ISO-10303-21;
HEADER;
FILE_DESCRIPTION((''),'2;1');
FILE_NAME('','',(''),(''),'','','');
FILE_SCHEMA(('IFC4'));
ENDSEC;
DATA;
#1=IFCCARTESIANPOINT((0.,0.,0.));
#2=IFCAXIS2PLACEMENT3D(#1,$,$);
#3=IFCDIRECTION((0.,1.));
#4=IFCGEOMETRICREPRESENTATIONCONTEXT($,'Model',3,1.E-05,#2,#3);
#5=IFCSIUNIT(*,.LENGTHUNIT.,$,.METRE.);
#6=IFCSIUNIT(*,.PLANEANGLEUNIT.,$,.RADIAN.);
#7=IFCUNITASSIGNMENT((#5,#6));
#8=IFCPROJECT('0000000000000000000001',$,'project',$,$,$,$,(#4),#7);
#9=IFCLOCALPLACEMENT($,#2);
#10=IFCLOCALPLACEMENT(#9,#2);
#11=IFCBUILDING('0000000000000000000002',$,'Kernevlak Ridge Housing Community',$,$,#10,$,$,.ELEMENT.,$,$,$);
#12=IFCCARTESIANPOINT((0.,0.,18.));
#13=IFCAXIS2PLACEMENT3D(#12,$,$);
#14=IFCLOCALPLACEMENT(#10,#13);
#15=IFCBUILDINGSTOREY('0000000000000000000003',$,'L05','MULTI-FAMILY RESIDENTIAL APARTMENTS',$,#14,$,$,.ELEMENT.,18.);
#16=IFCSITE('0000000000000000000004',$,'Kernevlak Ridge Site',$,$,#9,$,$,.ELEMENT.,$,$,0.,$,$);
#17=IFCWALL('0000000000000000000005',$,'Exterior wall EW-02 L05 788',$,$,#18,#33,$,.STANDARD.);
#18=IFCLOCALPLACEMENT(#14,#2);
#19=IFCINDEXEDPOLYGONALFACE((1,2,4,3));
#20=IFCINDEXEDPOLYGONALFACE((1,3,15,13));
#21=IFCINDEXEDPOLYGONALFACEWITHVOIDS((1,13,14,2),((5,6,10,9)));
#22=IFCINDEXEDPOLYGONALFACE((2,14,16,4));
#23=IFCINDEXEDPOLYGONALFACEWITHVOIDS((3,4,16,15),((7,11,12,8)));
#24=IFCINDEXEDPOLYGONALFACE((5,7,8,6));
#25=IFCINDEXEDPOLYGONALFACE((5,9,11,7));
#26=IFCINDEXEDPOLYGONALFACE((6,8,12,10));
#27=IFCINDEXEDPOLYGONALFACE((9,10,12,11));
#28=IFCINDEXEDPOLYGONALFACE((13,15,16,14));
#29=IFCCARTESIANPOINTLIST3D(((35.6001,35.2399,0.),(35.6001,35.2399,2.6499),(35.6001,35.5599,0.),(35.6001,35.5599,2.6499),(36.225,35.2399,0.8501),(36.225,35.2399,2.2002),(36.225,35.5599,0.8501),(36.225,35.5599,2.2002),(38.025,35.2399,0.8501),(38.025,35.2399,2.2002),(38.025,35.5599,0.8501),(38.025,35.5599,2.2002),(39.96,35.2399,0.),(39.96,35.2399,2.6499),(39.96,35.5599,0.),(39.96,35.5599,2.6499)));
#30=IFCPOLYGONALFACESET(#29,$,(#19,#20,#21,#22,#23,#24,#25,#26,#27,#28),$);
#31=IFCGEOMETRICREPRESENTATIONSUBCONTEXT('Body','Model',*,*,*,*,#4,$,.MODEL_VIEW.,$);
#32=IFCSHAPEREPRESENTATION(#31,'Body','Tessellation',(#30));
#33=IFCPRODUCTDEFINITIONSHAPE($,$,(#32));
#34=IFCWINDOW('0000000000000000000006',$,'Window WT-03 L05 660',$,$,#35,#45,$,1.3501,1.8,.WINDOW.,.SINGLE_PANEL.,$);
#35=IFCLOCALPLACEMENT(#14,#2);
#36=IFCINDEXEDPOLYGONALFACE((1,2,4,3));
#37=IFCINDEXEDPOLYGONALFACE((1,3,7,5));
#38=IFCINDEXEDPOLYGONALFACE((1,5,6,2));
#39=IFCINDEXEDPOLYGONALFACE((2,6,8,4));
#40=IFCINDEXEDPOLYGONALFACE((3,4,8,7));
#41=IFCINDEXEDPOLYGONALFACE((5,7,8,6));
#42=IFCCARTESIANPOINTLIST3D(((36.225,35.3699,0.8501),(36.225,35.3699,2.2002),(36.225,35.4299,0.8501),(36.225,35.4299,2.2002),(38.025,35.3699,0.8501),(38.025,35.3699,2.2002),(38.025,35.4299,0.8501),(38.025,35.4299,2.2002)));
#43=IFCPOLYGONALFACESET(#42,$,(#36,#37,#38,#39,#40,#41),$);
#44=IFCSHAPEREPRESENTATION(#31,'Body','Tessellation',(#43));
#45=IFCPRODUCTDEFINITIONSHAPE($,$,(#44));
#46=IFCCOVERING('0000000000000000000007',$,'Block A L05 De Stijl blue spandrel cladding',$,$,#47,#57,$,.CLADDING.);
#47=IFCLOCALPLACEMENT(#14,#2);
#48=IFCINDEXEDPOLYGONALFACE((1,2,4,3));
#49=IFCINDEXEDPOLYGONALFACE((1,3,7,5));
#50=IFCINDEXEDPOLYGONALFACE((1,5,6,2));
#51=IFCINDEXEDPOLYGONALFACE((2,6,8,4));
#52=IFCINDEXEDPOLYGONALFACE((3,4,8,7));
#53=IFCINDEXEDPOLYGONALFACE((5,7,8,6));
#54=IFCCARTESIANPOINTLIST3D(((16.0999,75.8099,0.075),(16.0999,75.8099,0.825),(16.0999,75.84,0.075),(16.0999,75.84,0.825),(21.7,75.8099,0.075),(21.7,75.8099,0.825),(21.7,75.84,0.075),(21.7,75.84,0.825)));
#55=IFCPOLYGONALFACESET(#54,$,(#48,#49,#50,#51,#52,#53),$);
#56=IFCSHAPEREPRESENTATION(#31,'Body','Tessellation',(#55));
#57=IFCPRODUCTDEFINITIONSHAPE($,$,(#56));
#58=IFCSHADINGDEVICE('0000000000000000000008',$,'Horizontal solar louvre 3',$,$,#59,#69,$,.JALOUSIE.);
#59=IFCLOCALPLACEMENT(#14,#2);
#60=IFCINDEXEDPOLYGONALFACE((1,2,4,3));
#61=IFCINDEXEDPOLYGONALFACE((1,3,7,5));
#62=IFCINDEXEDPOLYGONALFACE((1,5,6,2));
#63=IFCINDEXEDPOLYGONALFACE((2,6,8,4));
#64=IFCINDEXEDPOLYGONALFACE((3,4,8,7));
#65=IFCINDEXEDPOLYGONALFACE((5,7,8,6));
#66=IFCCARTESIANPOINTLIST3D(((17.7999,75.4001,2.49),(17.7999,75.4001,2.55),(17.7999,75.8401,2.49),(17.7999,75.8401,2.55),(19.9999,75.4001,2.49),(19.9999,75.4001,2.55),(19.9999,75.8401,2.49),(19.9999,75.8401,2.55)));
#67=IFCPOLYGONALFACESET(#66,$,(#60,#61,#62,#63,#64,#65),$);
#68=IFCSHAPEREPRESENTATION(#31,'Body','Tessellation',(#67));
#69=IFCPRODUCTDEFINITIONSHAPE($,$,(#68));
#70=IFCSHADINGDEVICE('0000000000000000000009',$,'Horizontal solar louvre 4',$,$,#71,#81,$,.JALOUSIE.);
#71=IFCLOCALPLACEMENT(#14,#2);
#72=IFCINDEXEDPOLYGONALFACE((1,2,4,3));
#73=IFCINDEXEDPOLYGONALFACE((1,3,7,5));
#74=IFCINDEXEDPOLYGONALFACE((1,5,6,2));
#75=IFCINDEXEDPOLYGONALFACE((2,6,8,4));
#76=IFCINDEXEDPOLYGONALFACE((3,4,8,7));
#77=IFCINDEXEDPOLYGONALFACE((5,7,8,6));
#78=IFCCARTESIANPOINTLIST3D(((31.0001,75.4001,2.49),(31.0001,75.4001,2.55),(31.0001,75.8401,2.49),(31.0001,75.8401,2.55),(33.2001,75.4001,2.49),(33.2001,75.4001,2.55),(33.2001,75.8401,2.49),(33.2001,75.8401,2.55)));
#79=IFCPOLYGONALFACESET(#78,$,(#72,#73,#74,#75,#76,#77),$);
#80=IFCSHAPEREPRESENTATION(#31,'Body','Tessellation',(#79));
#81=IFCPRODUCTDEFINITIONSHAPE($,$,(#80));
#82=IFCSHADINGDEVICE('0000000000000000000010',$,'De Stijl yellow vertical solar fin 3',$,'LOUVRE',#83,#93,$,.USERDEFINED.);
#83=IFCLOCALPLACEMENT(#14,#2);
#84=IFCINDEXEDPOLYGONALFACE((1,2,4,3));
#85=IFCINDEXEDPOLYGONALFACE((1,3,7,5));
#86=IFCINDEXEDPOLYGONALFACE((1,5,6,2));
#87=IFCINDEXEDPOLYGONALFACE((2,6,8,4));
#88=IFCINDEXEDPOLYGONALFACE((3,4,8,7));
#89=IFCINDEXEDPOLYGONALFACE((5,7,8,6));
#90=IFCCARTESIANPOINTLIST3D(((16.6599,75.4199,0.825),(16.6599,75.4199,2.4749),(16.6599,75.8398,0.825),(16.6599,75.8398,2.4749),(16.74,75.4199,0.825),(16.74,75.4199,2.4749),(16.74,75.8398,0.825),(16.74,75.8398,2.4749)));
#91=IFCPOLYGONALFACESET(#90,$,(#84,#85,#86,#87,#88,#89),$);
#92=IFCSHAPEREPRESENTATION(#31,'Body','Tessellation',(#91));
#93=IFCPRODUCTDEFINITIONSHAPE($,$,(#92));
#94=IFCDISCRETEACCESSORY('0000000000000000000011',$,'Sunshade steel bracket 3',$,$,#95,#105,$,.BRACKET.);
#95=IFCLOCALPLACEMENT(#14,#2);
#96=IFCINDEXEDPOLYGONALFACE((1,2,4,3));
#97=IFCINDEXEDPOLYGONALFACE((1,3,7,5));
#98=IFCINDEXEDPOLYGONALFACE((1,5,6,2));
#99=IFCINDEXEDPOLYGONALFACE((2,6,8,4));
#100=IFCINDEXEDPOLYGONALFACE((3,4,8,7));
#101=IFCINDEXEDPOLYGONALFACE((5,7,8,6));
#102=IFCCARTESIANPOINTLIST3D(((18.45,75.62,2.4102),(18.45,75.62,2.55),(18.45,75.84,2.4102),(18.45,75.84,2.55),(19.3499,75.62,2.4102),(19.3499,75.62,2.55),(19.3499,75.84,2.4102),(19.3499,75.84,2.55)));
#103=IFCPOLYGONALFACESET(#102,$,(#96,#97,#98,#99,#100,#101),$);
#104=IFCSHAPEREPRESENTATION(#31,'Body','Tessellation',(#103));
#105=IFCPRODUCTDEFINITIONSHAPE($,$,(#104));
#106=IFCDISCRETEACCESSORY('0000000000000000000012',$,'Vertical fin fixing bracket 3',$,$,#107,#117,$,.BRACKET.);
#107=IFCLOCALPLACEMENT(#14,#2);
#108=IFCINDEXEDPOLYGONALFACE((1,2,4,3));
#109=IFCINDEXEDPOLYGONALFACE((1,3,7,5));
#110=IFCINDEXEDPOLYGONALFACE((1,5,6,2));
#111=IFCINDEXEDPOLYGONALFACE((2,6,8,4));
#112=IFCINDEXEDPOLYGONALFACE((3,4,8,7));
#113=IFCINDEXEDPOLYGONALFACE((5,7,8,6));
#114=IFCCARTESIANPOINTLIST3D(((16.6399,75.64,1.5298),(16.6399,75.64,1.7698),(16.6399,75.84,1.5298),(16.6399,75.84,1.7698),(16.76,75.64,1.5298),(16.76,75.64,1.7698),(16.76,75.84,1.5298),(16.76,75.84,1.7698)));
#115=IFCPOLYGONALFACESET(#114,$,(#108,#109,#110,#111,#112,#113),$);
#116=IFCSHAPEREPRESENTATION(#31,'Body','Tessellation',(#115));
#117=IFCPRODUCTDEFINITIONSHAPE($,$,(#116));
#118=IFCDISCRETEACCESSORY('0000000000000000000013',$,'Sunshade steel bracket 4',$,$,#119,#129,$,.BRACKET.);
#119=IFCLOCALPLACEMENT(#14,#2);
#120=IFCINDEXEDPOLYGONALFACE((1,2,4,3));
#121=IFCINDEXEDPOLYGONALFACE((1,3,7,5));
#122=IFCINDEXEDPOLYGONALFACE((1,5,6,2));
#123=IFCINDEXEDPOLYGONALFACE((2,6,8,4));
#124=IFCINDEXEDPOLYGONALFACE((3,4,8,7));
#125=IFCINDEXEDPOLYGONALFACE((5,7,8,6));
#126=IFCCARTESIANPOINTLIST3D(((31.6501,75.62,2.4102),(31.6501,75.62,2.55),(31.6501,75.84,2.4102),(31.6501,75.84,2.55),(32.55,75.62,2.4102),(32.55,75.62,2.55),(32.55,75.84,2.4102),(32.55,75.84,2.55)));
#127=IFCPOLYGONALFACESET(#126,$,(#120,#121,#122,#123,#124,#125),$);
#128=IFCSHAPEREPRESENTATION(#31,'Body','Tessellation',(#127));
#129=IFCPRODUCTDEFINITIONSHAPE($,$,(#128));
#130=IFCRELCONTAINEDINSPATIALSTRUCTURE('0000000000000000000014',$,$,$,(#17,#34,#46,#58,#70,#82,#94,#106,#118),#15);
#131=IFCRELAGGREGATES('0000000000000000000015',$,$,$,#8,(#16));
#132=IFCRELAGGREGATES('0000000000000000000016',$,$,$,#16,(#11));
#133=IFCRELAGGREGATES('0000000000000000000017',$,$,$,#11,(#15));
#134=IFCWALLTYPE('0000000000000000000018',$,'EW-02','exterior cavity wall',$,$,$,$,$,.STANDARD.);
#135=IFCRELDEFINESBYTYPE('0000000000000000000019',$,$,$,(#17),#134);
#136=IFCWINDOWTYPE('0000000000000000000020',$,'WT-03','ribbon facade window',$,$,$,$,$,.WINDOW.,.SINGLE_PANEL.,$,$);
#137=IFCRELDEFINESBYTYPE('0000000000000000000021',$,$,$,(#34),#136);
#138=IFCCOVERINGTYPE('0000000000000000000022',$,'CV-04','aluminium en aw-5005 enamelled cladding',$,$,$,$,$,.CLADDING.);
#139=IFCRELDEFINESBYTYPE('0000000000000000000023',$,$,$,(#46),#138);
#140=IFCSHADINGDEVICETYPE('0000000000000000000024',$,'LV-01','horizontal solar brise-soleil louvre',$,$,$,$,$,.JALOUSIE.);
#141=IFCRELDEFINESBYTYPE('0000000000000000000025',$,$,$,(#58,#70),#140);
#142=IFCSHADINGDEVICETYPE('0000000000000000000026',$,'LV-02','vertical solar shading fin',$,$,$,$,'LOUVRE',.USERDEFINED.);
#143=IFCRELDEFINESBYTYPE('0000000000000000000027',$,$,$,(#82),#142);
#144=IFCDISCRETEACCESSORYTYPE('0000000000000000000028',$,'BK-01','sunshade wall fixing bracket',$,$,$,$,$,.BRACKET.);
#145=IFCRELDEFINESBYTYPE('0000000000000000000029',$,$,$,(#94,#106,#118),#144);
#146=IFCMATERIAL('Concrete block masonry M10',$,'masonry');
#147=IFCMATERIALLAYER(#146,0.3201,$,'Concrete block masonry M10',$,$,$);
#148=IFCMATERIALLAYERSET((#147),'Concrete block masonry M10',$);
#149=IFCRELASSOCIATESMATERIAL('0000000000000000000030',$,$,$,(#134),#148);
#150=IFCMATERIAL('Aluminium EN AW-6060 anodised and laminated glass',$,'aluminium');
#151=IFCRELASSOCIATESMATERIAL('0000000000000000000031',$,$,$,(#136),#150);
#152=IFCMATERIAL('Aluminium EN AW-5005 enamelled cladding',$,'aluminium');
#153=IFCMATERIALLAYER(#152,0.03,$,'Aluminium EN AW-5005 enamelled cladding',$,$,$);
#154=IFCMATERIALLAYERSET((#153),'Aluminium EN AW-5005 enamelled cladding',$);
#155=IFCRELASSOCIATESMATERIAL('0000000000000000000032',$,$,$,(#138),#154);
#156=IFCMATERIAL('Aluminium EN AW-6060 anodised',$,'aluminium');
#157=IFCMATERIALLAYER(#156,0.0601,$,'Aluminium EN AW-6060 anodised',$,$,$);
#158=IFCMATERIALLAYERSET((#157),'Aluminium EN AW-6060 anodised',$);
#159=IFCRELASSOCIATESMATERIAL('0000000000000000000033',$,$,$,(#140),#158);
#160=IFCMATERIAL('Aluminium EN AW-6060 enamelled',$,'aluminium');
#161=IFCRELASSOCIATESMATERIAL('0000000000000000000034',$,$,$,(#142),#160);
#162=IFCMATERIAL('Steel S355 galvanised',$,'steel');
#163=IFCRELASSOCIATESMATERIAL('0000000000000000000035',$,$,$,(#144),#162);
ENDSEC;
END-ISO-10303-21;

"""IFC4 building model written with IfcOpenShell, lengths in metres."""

from ifc_helpers import new_model, si_unit, direction, frame, frame_2d, origin, origin_2d, place, context, subcontext, project, spatial, rectangle, extrude, material, layer, layer_set, type_object, element, fill, save


model = new_model("IFC4")

# Units and contexts
model_context = context("Model", 3, precision=1e-05, world=origin(), true_north=direction((0.0, 1.0)))
body_context = subcontext(model_context, "Body", "Model", "MODEL_VIEW")
ifc_project = project(units=[si_unit("LENGTHUNIT", "METRE"), si_unit("PLANEANGLEUNIT", "RADIAN")], contexts=[model_context])

# Site, building, storey
site_placement = place(None, origin())
site = spatial("IfcSite", under=ifc_project, at=site_placement, Name="Kernevlak Ridge Site", CompositionType="ELEMENT", RefElevation=0.0)
building_placement = place(site_placement, origin())
building = spatial("IfcBuilding", under=site, at=building_placement, Name="Kernevlak Ridge Housing Community", CompositionType="ELEMENT")
storey_placement = place(building_placement, frame((0.0, 0.0, 18.0)))
storey = spatial("IfcBuildingStorey", under=building, at=storey_placement, Name="L05", Description="MULTI-FAMILY RESIDENTIAL APARTMENTS", CompositionType="ELEMENT", Elevation=18.0)

# Shared definitions
ifc_material_1 = material(Name="Concrete block masonry M10", Category="masonry")
ifc_layer_1 = layer(ifc_material_1, 0.3201, Name="Concrete block masonry M10")
ifc_layer_set_1 = layer_set([ifc_layer_1], Name="Concrete block masonry M10")
wall_type = type_object("IfcWallType", Name="EW-02", Description="exterior cavity wall", PredefinedType="STANDARD", material=ifc_layer_set_1)
ifc_material_2 = material(Name="Aluminium EN AW-6060 anodised and laminated glass", Category="aluminium")
window_type_1 = type_object("IfcWindowType", Name="WT-03", Description="ribbon facade window", PartitioningType="SINGLE_PANEL", PredefinedType="WINDOW", material=ifc_material_2)

# Wall, opening, window
wall_1_placement = place(storey_placement, frame((35.6001, 35.3999, 0.0), z_axis=(0.0, 0.0, 1.0), x_axis=(1.0, 0.0, 0.0)))
wall_1 = element("IfcWall", 1, at=wall_1_placement, inside=storey, type_object=wall_type, Name="Exterior wall EW-02 L05 788", PredefinedType="STANDARD", context=body_context, shape_type="SweptSolid", body=[
    extrude(rectangle(XDim=4.3599, YDim=0.3201, at=frame_2d((2.1799, 0.0))), origin(), (0.0, 0.0, 1.0), 2.6499),
])
opening_1_placement = place(wall_1_placement, frame((0.625, 0.0, 0.8501)))
opening_1 = element("IfcOpeningElement", 2, at=opening_1_placement, cuts=wall_1, PredefinedType="OPENING", context=body_context, shape_type="SweptSolid", body=[
    extrude(rectangle(XDim=1.8, YDim=1.3501, at=frame_2d((0.8999, 0.675))), frame((0.0, 0.1699, 0.0), z_axis=(0.0, -1.0, 0.0), x_axis=(1.0, 0.0, 0.0)), (0.0, 0.0, 1.0), 0.3401),
])
window_1_placement = place(opening_1_placement, origin())
window_1 = element("IfcWindow", 3, at=window_1_placement, inside=storey, type_object=window_type_1, Name="Window WT-03 L05 660", OverallHeight=1.3501, OverallWidth=1.8, PartitioningType="SINGLE_PANEL", PredefinedType="WINDOW", context=body_context, shape_type="SweptSolid", body=[
    extrude(rectangle(XDim=1.8, YDim=1.3501, at=frame_2d((0.8999, 0.675))), frame((0.0, 0.03, 0.0), z_axis=(0.0, -1.0, 0.0), x_axis=(1.0, 0.0, 0.0)), (0.0, 0.0, 1.0), 0.0601),
])
fill(opening_1, window_1)

# Covering
ifc_material_3 = material(Name="Aluminium EN AW-5005 enamelled cladding", Category="aluminium")
ifc_layer_2 = layer(ifc_material_3, 0.03, Name="Aluminium EN AW-5005 enamelled cladding")
ifc_layer_set_2 = layer_set([ifc_layer_2], Name="Aluminium EN AW-5005 enamelled cladding")
covering_type = type_object("IfcCoveringType", Name="CV-04", Description="aluminium en aw-5005 enamelled cladding", PredefinedType="CLADDING", material=ifc_layer_set_2)
covering_placement = place(storey_placement, frame((18.8999, 75.825, 0.075), z_axis=(0.0, 0.0, 1.0), x_axis=(1.0, 0.0, 0.0)))
element("IfcCovering", 4, at=covering_placement, inside=storey, type_object=covering_type, Name="Block A L05 De Stijl blue spandrel cladding", PredefinedType="CLADDING", context=body_context, shape_type="SweptSolid", body=[
    extrude(rectangle(XDim=5.6001, YDim=0.03, at=origin_2d()), origin(), (0.0, 0.0, 1.0), 0.75),
])

# Shading devices
ifc_material_4 = material(Name="Aluminium EN AW-6060 anodised", Category="aluminium")
ifc_layer_3 = layer(ifc_material_4, 0.0601, Name="Aluminium EN AW-6060 anodised")
ifc_layer_set_3 = layer_set([ifc_layer_3], Name="Aluminium EN AW-6060 anodised")
shading_device_type_1 = type_object("IfcShadingDeviceType", Name="LV-01", Description="horizontal solar brise-soleil louvre", PredefinedType="JALOUSIE", material=ifc_layer_set_3)
for number, where, z_axis, x_axis, name in (
    (5, (18.8999, 75.6201, 2.49), (0.0, 0.0, 1.0), (1.0, 0.0, 0.0), "Horizontal solar louvre 3"),
    (6, (32.1001, 75.6201, 2.49), (0.0, 0.0, 1.0), (1.0, 0.0, 0.0), "Horizontal solar louvre 4"),
):
    element("IfcShadingDevice", number, at=place(storey_placement, frame(where, z_axis=z_axis, x_axis=x_axis)), inside=storey, type_object=shading_device_type_1, Name=name, PredefinedType="JALOUSIE", context=body_context, shape_type="SweptSolid", body=[
        extrude(rectangle(XDim=2.2, YDim=0.4399, at=origin_2d()), origin(), (0.0, 0.0, 1.0), 0.0601),
    ])
ifc_material_5 = material(Name="Aluminium EN AW-6060 enamelled", Category="aluminium")
shading_device_type_2 = type_object("IfcShadingDeviceType", Name="LV-02", Description="vertical solar shading fin", ElementType="LOUVRE", PredefinedType="USERDEFINED", material=ifc_material_5)
shading_device_placement = place(storey_placement, frame((16.7, 75.6299, 0.825), z_axis=(0.0, 0.0, 1.0), x_axis=(1.0, 0.0, 0.0)))
element("IfcShadingDevice", 7, at=shading_device_placement, inside=storey, type_object=shading_device_type_2, Name="De Stijl yellow vertical solar fin 3", ObjectType="LOUVRE", PredefinedType="USERDEFINED", context=body_context, shape_type="SweptSolid", body=[
    extrude(rectangle(XDim=0.0801, YDim=0.4199, at=origin_2d()), origin(), (0.0, 0.0, 1.0), 1.6499),
])

# Discrete accessories
ifc_material_6 = material(Name="Steel S355 galvanised", Category="steel")
discrete_accessory_type = type_object("IfcDiscreteAccessoryType", Name="BK-01", Description="sunshade wall fixing bracket", PredefinedType="BRACKET", material=ifc_material_6)
discrete_accessory_1_placement = place(storey_placement, frame((18.8999, 75.73, 2.4102), z_axis=(0.0, 0.0, 1.0), x_axis=(1.0, 0.0, 0.0)))
element("IfcDiscreteAccessory", 8, at=discrete_accessory_1_placement, inside=storey, type_object=discrete_accessory_type, Name="Sunshade steel bracket 3", PredefinedType="BRACKET", context=body_context, shape_type="SweptSolid", body=[
    extrude(rectangle(XDim=0.8999, YDim=0.22, at=origin_2d()), origin(), (0.0, 0.0, 1.0), 0.1399),
])
discrete_accessory_2_placement = place(storey_placement, frame((16.7, 75.74, 1.5298), z_axis=(0.0, 0.0, 1.0), x_axis=(1.0, 0.0, 0.0)))
element("IfcDiscreteAccessory", 9, at=discrete_accessory_2_placement, inside=storey, type_object=discrete_accessory_type, Name="Vertical fin fixing bracket 3", PredefinedType="BRACKET", context=body_context, shape_type="SweptSolid", body=[
    extrude(rectangle(XDim=0.1201, YDim=0.2, at=origin_2d()), origin(), (0.0, 0.0, 1.0), 0.24),
])
discrete_accessory_3_placement = place(storey_placement, frame((32.1001, 75.73, 2.4102), z_axis=(0.0, 0.0, 1.0), x_axis=(1.0, 0.0, 0.0)))
element("IfcDiscreteAccessory", 10, at=discrete_accessory_3_placement, inside=storey, type_object=discrete_accessory_type, Name="Sunshade steel bracket 4", PredefinedType="BRACKET", context=body_context, shape_type="SweptSolid", body=[
    extrude(rectangle(XDim=0.8999, YDim=0.22, at=origin_2d()), origin(), (0.0, 0.0, 1.0), 0.1399),
])

save(model, "model.ifc")
